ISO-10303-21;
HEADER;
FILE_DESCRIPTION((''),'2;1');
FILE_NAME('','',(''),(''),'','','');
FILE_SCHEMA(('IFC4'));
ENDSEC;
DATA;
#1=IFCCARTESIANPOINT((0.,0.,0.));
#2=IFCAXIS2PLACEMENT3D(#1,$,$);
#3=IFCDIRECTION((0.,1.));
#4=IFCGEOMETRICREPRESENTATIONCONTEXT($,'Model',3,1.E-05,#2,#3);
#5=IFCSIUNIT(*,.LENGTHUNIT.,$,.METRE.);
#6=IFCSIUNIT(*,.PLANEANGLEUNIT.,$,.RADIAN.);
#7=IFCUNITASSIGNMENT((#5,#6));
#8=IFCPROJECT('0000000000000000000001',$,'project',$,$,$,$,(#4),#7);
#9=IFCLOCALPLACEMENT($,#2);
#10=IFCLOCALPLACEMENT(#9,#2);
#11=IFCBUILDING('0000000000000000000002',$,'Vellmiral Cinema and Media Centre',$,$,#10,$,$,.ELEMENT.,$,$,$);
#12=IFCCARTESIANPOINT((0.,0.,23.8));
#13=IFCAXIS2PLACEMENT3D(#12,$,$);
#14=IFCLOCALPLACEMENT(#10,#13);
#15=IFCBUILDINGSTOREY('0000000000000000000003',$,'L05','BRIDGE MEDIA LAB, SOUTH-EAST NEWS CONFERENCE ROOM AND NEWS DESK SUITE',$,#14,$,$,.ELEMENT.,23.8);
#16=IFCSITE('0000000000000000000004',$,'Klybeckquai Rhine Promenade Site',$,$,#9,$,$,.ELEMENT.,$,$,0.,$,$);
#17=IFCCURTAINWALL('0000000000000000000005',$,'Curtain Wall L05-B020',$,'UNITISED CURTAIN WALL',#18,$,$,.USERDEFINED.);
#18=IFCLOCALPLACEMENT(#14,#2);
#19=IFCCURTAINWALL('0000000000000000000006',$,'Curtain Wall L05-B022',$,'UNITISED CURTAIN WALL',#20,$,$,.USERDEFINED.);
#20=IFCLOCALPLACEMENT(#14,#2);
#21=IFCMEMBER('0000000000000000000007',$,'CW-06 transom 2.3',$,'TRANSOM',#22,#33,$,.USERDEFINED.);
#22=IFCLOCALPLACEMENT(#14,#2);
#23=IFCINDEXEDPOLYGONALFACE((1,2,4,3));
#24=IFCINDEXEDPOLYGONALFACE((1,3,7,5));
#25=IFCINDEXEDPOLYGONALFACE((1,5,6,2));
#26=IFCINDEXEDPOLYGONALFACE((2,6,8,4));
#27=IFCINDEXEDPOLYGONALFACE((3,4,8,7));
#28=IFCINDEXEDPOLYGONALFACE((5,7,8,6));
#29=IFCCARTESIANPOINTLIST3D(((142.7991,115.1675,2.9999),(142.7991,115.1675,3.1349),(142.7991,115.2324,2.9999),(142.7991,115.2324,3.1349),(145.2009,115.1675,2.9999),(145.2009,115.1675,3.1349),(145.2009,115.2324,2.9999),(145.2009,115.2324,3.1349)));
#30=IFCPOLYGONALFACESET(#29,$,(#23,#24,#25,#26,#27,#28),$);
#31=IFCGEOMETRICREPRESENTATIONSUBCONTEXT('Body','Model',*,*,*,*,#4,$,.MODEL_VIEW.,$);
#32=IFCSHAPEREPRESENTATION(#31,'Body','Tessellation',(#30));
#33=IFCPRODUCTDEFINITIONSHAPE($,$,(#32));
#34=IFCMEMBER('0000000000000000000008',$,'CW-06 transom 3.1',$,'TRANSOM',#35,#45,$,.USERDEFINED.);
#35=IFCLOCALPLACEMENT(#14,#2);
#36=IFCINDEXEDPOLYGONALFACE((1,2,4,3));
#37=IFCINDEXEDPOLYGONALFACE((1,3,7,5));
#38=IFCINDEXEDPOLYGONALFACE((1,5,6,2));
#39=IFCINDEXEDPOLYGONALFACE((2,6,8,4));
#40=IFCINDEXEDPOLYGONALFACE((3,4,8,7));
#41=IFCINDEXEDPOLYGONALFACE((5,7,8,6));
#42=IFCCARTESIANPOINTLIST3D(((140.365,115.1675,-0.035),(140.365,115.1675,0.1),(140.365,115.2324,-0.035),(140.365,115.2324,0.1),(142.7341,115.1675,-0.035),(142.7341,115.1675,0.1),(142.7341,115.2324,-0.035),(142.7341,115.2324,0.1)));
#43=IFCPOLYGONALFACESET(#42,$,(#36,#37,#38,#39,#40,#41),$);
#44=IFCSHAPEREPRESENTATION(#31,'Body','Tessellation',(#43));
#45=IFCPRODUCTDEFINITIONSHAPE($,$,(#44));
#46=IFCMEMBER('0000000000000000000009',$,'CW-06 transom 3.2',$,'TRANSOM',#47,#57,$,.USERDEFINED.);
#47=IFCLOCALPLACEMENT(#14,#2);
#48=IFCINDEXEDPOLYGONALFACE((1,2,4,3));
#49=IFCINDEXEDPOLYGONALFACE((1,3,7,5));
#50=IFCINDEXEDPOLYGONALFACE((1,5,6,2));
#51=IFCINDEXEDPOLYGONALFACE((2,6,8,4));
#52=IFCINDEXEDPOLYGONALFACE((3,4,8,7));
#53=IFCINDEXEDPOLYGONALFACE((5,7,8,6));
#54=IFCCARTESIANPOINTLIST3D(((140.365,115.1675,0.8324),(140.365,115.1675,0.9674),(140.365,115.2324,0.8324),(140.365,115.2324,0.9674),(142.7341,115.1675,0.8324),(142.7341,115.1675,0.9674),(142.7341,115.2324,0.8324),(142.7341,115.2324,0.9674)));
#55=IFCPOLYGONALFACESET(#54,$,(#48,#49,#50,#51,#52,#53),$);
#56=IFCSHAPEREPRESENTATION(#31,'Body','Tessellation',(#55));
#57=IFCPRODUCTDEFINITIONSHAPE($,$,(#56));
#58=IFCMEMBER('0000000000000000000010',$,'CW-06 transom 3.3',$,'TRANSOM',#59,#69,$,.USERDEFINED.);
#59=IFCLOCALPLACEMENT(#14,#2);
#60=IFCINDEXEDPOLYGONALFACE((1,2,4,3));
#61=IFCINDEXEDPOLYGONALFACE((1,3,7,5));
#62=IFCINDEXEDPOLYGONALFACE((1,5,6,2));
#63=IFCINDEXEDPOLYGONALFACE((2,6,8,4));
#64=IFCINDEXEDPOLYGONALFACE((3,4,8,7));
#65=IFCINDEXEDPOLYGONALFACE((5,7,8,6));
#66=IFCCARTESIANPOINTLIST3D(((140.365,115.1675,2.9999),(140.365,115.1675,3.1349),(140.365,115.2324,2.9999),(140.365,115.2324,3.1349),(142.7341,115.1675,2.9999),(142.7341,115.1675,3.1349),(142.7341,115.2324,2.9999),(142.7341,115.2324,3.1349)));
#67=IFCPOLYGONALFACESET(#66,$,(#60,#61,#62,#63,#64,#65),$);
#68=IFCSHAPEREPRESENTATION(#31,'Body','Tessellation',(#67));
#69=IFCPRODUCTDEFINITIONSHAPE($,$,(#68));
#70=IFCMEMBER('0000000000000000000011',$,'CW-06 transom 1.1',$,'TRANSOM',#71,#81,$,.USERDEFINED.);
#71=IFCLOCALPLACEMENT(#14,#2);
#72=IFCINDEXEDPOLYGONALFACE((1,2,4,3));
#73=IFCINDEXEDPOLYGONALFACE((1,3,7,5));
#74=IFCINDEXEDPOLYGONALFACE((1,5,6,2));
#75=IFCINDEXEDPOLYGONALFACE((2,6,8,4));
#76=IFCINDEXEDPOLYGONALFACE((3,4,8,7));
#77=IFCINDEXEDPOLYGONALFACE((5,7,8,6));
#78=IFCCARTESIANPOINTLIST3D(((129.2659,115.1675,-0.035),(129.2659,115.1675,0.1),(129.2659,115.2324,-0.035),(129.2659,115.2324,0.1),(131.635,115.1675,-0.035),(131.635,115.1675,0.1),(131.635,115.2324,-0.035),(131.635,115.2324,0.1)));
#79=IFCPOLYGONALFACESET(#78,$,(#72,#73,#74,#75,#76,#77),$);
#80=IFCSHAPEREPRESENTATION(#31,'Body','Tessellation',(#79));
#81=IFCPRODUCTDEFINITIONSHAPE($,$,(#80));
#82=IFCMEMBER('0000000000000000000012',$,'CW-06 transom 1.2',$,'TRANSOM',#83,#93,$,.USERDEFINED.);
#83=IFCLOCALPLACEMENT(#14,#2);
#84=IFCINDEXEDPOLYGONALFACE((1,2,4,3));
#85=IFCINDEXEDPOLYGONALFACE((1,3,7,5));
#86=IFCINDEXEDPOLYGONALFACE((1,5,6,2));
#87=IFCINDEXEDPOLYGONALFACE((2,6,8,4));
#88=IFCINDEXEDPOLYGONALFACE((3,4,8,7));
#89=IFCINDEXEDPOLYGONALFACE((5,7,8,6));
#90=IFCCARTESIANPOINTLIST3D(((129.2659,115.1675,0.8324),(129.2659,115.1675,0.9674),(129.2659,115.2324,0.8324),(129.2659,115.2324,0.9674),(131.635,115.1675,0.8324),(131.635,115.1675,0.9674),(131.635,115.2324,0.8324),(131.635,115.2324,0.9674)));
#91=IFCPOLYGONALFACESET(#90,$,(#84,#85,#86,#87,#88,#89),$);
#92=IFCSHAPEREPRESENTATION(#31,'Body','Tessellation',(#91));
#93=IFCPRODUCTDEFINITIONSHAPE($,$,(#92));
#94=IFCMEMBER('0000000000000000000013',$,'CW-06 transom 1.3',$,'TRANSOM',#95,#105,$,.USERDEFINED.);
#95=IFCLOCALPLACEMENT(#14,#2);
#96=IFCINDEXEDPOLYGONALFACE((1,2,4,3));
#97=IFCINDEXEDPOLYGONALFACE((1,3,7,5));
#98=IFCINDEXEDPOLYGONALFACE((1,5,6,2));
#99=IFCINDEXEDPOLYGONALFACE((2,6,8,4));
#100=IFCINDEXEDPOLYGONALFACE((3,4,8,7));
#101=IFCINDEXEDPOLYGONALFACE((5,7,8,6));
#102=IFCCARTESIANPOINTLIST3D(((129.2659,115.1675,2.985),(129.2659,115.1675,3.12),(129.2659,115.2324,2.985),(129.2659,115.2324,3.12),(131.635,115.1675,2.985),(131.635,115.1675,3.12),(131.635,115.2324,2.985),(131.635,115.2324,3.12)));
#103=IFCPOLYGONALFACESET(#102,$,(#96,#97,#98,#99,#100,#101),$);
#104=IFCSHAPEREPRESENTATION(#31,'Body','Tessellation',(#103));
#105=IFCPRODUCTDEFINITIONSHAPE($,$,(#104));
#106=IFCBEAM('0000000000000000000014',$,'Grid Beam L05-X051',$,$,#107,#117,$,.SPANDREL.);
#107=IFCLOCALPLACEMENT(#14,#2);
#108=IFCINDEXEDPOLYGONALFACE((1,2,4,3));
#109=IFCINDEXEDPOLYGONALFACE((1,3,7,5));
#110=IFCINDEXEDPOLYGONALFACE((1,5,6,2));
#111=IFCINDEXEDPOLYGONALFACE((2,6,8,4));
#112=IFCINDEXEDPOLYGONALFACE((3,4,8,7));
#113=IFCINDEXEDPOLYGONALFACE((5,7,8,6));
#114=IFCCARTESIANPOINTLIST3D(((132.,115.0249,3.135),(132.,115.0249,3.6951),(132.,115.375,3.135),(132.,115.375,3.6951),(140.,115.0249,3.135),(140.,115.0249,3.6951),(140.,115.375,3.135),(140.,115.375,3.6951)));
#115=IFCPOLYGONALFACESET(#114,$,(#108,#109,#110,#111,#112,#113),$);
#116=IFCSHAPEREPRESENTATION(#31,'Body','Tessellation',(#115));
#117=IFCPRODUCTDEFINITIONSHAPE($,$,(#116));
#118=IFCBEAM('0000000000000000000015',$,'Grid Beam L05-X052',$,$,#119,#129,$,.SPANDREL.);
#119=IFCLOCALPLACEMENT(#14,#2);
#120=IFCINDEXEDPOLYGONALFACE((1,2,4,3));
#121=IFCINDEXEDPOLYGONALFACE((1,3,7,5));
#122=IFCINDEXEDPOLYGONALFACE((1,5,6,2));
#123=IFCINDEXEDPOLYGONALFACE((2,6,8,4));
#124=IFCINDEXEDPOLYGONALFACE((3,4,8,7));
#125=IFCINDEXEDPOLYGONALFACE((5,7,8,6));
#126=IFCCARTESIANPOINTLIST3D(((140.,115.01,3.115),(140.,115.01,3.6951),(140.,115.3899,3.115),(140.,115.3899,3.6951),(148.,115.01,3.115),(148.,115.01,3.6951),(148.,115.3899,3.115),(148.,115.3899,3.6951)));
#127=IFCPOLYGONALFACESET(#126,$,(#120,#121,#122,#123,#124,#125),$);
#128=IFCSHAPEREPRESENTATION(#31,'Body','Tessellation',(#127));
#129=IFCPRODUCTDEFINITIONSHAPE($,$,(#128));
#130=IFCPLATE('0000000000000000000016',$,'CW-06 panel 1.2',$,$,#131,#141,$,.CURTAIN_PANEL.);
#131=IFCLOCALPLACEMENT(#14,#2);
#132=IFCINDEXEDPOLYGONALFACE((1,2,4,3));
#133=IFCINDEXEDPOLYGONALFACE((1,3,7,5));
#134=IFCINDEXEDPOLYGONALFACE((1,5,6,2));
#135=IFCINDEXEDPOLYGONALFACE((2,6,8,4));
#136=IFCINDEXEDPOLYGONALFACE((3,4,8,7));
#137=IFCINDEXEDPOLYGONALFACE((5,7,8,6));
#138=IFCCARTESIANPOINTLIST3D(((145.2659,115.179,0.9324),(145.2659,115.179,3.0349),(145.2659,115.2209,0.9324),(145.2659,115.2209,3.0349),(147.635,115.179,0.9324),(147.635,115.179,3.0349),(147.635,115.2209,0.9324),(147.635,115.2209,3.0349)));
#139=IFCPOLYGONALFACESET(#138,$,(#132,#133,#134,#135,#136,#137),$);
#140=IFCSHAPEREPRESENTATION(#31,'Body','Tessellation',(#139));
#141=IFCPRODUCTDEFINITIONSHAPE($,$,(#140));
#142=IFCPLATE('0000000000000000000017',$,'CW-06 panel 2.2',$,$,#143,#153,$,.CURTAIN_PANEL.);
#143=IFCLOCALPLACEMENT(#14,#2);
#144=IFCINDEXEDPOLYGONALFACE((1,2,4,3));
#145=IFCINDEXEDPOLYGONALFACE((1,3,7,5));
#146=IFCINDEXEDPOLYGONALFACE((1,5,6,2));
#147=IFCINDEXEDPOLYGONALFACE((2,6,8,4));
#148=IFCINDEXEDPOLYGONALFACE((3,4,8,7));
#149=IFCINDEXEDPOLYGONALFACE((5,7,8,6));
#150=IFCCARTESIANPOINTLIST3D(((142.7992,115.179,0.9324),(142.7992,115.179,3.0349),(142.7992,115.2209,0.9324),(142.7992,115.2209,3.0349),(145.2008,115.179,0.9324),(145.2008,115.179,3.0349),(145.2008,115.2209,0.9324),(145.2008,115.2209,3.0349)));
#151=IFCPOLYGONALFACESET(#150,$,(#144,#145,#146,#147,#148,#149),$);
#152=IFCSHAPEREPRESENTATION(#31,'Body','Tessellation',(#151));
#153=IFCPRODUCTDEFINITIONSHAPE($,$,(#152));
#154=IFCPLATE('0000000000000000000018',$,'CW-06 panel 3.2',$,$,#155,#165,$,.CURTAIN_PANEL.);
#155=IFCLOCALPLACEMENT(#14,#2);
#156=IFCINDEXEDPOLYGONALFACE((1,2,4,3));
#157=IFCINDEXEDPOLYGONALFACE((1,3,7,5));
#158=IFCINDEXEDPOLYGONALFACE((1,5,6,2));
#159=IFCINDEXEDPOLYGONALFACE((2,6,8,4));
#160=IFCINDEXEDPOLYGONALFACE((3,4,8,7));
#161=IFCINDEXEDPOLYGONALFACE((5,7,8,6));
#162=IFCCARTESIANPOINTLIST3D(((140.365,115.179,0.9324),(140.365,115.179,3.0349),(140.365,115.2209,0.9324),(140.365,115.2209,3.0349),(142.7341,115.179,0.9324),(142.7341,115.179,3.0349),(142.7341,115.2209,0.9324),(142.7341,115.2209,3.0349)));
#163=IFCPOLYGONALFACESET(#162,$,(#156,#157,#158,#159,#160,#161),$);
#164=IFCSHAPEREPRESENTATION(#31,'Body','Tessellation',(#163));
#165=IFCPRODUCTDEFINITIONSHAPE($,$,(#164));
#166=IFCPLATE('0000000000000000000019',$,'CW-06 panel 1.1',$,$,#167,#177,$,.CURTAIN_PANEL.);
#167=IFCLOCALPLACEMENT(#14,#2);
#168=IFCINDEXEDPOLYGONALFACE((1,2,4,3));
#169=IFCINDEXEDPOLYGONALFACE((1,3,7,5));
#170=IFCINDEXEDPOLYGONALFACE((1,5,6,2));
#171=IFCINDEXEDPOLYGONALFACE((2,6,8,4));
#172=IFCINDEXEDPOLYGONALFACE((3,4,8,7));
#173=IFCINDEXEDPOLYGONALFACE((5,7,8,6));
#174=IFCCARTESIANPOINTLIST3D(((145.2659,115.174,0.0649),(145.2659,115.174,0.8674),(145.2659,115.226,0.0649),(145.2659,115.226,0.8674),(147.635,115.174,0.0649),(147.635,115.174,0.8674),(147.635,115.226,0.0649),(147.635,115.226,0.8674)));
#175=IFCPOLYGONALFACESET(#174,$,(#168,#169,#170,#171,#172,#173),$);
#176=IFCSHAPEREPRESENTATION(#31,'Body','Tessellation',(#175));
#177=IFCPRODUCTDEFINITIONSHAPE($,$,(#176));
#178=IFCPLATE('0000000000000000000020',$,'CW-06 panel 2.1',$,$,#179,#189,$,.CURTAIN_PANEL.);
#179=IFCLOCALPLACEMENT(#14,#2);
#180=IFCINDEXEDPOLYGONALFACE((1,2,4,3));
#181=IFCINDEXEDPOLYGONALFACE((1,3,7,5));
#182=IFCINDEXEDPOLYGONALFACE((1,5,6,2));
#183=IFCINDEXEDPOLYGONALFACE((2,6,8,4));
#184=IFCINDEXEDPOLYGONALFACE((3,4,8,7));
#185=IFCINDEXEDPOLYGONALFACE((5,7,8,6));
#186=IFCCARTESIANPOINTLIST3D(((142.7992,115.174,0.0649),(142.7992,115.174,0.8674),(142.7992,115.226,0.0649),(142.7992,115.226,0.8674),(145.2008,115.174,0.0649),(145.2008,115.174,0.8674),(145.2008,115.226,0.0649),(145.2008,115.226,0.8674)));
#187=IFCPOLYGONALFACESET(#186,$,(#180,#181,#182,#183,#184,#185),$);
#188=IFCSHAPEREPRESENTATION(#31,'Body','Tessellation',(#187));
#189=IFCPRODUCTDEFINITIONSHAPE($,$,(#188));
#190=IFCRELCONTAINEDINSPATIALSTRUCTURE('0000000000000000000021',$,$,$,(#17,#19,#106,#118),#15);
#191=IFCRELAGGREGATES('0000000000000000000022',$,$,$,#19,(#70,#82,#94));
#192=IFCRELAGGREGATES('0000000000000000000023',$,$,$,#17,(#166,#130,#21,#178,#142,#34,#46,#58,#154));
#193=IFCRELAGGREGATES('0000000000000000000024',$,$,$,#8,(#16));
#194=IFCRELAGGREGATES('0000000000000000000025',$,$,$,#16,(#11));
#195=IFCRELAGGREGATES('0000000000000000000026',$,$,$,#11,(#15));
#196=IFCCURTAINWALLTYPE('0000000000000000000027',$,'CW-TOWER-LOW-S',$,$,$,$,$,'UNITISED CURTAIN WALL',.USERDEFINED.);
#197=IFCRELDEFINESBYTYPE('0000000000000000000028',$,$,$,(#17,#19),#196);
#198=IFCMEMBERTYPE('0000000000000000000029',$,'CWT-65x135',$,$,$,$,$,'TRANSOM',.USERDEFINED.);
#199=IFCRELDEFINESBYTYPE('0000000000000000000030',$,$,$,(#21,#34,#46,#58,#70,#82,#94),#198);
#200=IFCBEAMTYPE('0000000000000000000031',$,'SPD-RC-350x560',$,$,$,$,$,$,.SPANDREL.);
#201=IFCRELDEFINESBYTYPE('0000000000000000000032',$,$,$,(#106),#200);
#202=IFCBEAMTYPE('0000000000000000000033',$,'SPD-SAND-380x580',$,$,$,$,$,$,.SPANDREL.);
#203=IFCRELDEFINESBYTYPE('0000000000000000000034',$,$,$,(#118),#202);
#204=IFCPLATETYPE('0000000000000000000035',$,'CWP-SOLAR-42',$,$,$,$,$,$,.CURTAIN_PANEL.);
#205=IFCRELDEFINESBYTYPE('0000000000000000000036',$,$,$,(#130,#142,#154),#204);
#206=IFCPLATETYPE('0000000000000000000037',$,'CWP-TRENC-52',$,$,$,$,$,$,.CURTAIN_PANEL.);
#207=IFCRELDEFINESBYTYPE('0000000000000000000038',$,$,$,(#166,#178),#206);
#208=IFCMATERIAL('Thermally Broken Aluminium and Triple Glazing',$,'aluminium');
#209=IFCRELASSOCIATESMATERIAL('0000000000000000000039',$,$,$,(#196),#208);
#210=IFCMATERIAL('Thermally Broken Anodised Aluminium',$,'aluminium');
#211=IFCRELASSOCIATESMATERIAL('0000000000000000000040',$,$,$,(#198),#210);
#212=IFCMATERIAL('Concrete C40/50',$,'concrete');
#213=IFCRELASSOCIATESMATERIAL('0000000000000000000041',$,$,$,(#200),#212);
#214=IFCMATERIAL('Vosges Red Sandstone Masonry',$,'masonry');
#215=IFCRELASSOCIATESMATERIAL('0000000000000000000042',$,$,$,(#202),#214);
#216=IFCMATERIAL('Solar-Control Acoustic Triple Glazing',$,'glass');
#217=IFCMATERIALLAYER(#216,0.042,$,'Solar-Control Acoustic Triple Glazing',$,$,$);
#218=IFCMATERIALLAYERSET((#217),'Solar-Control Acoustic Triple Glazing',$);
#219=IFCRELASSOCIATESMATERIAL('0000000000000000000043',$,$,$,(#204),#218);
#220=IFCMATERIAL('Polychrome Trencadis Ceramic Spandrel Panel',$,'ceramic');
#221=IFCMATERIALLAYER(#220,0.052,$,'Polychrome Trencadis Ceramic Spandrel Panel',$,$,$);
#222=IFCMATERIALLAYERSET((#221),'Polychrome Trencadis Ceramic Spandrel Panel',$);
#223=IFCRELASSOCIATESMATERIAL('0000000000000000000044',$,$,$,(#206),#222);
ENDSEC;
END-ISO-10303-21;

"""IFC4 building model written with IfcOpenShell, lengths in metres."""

from ifc_helpers import new_model, si_unit, direction, frame, origin, origin_2d, place, context, subcontext, project, spatial, rectangle, extrude, material, layer, layer_set, material_profile, profile_set, type_object, element, aggregate, save


model = new_model("IFC4")

# Units and contexts
model_context = context("Model", 3, precision=1e-05, world=origin(), true_north=direction((0.0, 1.0)))
body_context = subcontext(model_context, "Body", "Model", "MODEL_VIEW")
ifc_project = project(units=[si_unit("LENGTHUNIT", "METRE"), si_unit("PLANEANGLEUNIT", "RADIAN")], contexts=[model_context])

# Site, building, storey
site_placement = place(None, origin())
site = spatial("IfcSite", under=ifc_project, at=site_placement, Name="Klybeckquai Rhine Promenade Site", CompositionType="ELEMENT", RefElevation=0.0)
building_placement = place(site_placement, origin())
building = spatial("IfcBuilding", under=site, at=building_placement, Name="Vellmiral Cinema and Media Centre", CompositionType="ELEMENT")
storey_placement = place(building_placement, frame((0.0, 0.0, 23.8)))
storey = spatial("IfcBuildingStorey", under=building, at=storey_placement, Name="L05", Description="BRIDGE MEDIA LAB, SOUTH-EAST NEWS CONFERENCE ROOM AND NEWS DESK SUITE", CompositionType="ELEMENT", Elevation=23.8)

# Curtain wall
ifc_material_1 = material(Name="Thermally Broken Aluminium and Triple Glazing", Category="aluminium")
curtain_wall_type = type_object("IfcCurtainWallType", Name="CW-TOWER-LOW-S", ElementType="UNITISED CURTAIN WALL", PredefinedType="USERDEFINED", material=ifc_material_1)
curtain_wall_1_placement = place(storey_placement, origin())
curtain_wall_1 = element("IfcCurtainWall", 1, at=curtain_wall_1_placement, inside=storey, type_object=curtain_wall_type, Name="Curtain Wall L05-B020", ObjectType="UNITISED CURTAIN WALL", PredefinedType="USERDEFINED")

# Curtain wall
curtain_wall_2_placement = place(storey_placement, origin())
curtain_wall_2 = element("IfcCurtainWall", 2, at=curtain_wall_2_placement, inside=storey, type_object=curtain_wall_type, Name="Curtain Wall L05-B022", ObjectType="UNITISED CURTAIN WALL", PredefinedType="USERDEFINED")

# Members
ifc_material_2 = material(Name="Thermally Broken Anodised Aluminium", Category="aluminium")
ifc_material_profile_1 = material_profile(ifc_material_2, rectangle(XDim=0.0649, YDim=0.135, at=origin_2d()), Name="MULL 65x135")
ifc_profile_set_1 = profile_set([ifc_material_profile_1], Name="Thermally Broken Anodised Aluminium")
member_type_1 = type_object("IfcMemberType", Name="CWT-65x135", ElementType="TRANSOM", PredefinedType="USERDEFINED", material=ifc_profile_set_1)
member_1_placement = place(storey_placement, frame((145.2009, 115.2, 3.0674), z_axis=(-1.0, 0.0, 0.0), x_axis=(0.0, -1.0, 0.0)))
member_1 = element("IfcMember", 3, at=member_1_placement, type_object=member_type_1, Name="CW-06 transom 2.3", ObjectType="TRANSOM", PredefinedType="USERDEFINED", context=body_context, shape_type="SweptSolid", body=[
    extrude(rectangle(XDim=0.0649, YDim=0.135, at=origin_2d()), origin(), (0.0, 0.0, 1.0), 2.4019),
])
member_2_placement = place(storey_placement, frame((142.7341, 115.2, 0.0325), z_axis=(-1.0, 0.0, 0.0), x_axis=(0.0, -1.0, 0.0)))
member_2 = element("IfcMember", 4, at=member_2_placement, type_object=member_type_1, Name="CW-06 transom 3.1", ObjectType="TRANSOM", PredefinedType="USERDEFINED", context=body_context, shape_type="SweptSolid", body=[
    extrude(rectangle(XDim=0.0649, YDim=0.135, at=origin_2d()), origin(), (0.0, 0.0, 1.0), 2.3691),
])
member_3_placement = place(storey_placement, frame((142.7341, 115.2, 0.8999), z_axis=(-1.0, 0.0, 0.0), x_axis=(0.0, -1.0, 0.0)))
member_3 = element("IfcMember", 5, at=member_3_placement, type_object=member_type_1, Name="CW-06 transom 3.2", ObjectType="TRANSOM", PredefinedType="USERDEFINED", context=body_context, shape_type="SweptSolid", body=[
    extrude(rectangle(XDim=0.0649, YDim=0.135, at=origin_2d()), origin(), (0.0, 0.0, 1.0), 2.3691),
])
member_4_placement = place(storey_placement, frame((142.7341, 115.2, 3.0674), z_axis=(-1.0, 0.0, 0.0), x_axis=(0.0, -1.0, 0.0)))
member_4 = element("IfcMember", 6, at=member_4_placement, type_object=member_type_1, Name="CW-06 transom 3.3", ObjectType="TRANSOM", PredefinedType="USERDEFINED", context=body_context, shape_type="SweptSolid", body=[
    extrude(rectangle(XDim=0.0649, YDim=0.135, at=origin_2d()), origin(), (0.0, 0.0, 1.0), 2.3691),
])
member_5_placement = place(storey_placement, frame((131.635, 115.2, 0.0325), z_axis=(-1.0, 0.0, 0.0), x_axis=(0.0, -1.0, 0.0)))
member_5 = element("IfcMember", 7, at=member_5_placement, type_object=member_type_1, Name="CW-06 transom 1.1", ObjectType="TRANSOM", PredefinedType="USERDEFINED", context=body_context, shape_type="SweptSolid", body=[
    extrude(rectangle(XDim=0.0649, YDim=0.135, at=origin_2d()), origin(), (0.0, 0.0, 1.0), 2.3691),
])
member_6_placement = place(storey_placement, frame((131.635, 115.2, 0.8999), z_axis=(-1.0, 0.0, 0.0), x_axis=(0.0, -1.0, 0.0)))
member_6 = element("IfcMember", 8, at=member_6_placement, type_object=member_type_1, Name="CW-06 transom 1.2", ObjectType="TRANSOM", PredefinedType="USERDEFINED", context=body_context, shape_type="SweptSolid", body=[
    extrude(rectangle(XDim=0.0649, YDim=0.135, at=origin_2d()), origin(), (0.0, 0.0, 1.0), 2.3691),
])
member_7_placement = place(storey_placement, frame((131.635, 115.2, 3.0525), z_axis=(-1.0, 0.0, 0.0), x_axis=(0.0, -1.0, 0.0)))
member_7 = element("IfcMember", 9, at=member_7_placement, type_object=member_type_1, Name="CW-06 transom 1.3", ObjectType="TRANSOM", PredefinedType="USERDEFINED", context=body_context, shape_type="SweptSolid", body=[
    extrude(rectangle(XDim=0.0649, YDim=0.135, at=origin_2d()), origin(), (0.0, 0.0, 1.0), 2.3691),
])
aggregate(curtain_wall_2, [member_5, member_6, member_7])

# Beams
ifc_material_3 = material(Name="Concrete C40/50", Category="concrete")
ifc_material_profile_2 = material_profile(ifc_material_3, rectangle(XDim=0.3501, YDim=0.5601, at=origin_2d()), Name="RC 350x560")
ifc_profile_set_2 = profile_set([ifc_material_profile_2], Name="Concrete C40/50")
beam_type_1 = type_object("IfcBeamType", Name="SPD-RC-350x560", PredefinedType="SPANDREL", material=ifc_profile_set_2)
beam_1_placement = place(storey_placement, frame((132.0, 115.2, 3.415), z_axis=(1.0, 0.0, 0.0), x_axis=(0.0, 1.0, 0.0)))
element("IfcBeam", 10, at=beam_1_placement, inside=storey, type_object=beam_type_1, Name="Grid Beam L05-X051", PredefinedType="SPANDREL", context=body_context, shape_type="SweptSolid", body=[
    extrude(rectangle(XDim=0.3501, YDim=0.5601, at=origin_2d()), origin(), (0.0, 0.0, 1.0), 8.0),
])
ifc_material_4 = material(Name="Vosges Red Sandstone Masonry", Category="masonry")
ifc_material_profile_3 = material_profile(ifc_material_4, rectangle(XDim=0.3799, YDim=0.5801, at=origin_2d()), Name="SAND 380x580")
ifc_profile_set_3 = profile_set([ifc_material_profile_3], Name="Vosges Red Sandstone Masonry")
beam_type_2 = type_object("IfcBeamType", Name="SPD-SAND-380x580", PredefinedType="SPANDREL", material=ifc_profile_set_3)
beam_2_placement = place(storey_placement, frame((140.0, 115.2, 3.405), z_axis=(1.0, 0.0, 0.0), x_axis=(0.0, 1.0, 0.0)))
element("IfcBeam", 11, at=beam_2_placement, inside=storey, type_object=beam_type_2, Name="Grid Beam L05-X052", PredefinedType="SPANDREL", context=body_context, shape_type="SweptSolid", body=[
    extrude(rectangle(XDim=0.3799, YDim=0.5801, at=origin_2d()), origin(), (0.0, 0.0, 1.0), 8.0),
])

# Plates
ifc_material_5 = material(Name="Solar-Control Acoustic Triple Glazing", Category="glass")
ifc_layer_1 = layer(ifc_material_5, 0.042, Name="Solar-Control Acoustic Triple Glazing")
ifc_layer_set_1 = layer_set([ifc_layer_1], Name="Solar-Control Acoustic Triple Glazing")
plate_type_1 = type_object("IfcPlateType", Name="CWP-SOLAR-42", PredefinedType="CURTAIN_PANEL", material=ifc_layer_set_1)
plate_1_placement = place(storey_placement, frame((146.4504, 115.2, 0.9324), z_axis=(0.0, 0.0, 1.0), x_axis=(-1.0, 0.0, 0.0)))
plate_1 = element("IfcPlate", 12, at=plate_1_placement, type_object=plate_type_1, Name="CW-06 panel 1.2", PredefinedType="CURTAIN_PANEL", context=body_context, shape_type="SweptSolid", body=[
    extrude(rectangle(XDim=2.3691, YDim=0.042, at=origin_2d()), origin(), (0.0, 0.0, 1.0), 2.1025),
])
plate_2_placement = place(storey_placement, frame((144.0, 115.2, 0.9324), z_axis=(0.0, 0.0, 1.0), x_axis=(-1.0, 0.0, 0.0)))
plate_2 = element("IfcPlate", 13, at=plate_2_placement, type_object=plate_type_1, Name="CW-06 panel 2.2", PredefinedType="CURTAIN_PANEL", context=body_context, shape_type="SweptSolid", body=[
    extrude(rectangle(XDim=2.4016, YDim=0.042, at=origin_2d()), origin(), (0.0, 0.0, 1.0), 2.1025),
])
plate_3_placement = place(storey_placement, frame((141.5496, 115.2, 0.9324), z_axis=(0.0, 0.0, 1.0), x_axis=(-1.0, 0.0, 0.0)))
plate_3 = element("IfcPlate", 14, at=plate_3_placement, type_object=plate_type_1, Name="CW-06 panel 3.2", PredefinedType="CURTAIN_PANEL", context=body_context, shape_type="SweptSolid", body=[
    extrude(rectangle(XDim=2.3691, YDim=0.042, at=origin_2d()), origin(), (0.0, 0.0, 1.0), 2.1025),
])
ifc_material_6 = material(Name="Polychrome Trencadis Ceramic Spandrel Panel", Category="ceramic")
ifc_layer_2 = layer(ifc_material_6, 0.052, Name="Polychrome Trencadis Ceramic Spandrel Panel")
ifc_layer_set_2 = layer_set([ifc_layer_2], Name="Polychrome Trencadis Ceramic Spandrel Panel")
plate_type_2 = type_object("IfcPlateType", Name="CWP-TRENC-52", PredefinedType="CURTAIN_PANEL", material=ifc_layer_set_2)
plate_4_placement = place(storey_placement, frame((146.4504, 115.2, 0.0649), z_axis=(0.0, 0.0, 1.0), x_axis=(-1.0, 0.0, 0.0)))
plate_4 = element("IfcPlate", 15, at=plate_4_placement, type_object=plate_type_2, Name="CW-06 panel 1.1", PredefinedType="CURTAIN_PANEL", context=body_context, shape_type="SweptSolid", body=[
    extrude(rectangle(XDim=2.3691, YDim=0.052, at=origin_2d()), origin(), (0.0, 0.0, 1.0), 0.8025),
])
plate_5_placement = place(storey_placement, frame((144.0, 115.2, 0.0649), z_axis=(0.0, 0.0, 1.0), x_axis=(-1.0, 0.0, 0.0)))
plate_5 = element("IfcPlate", 16, at=plate_5_placement, type_object=plate_type_2, Name="CW-06 panel 2.1", PredefinedType="CURTAIN_PANEL", context=body_context, shape_type="SweptSolid", body=[
    extrude(rectangle(XDim=2.4016, YDim=0.052, at=origin_2d()), origin(), (0.0, 0.0, 1.0), 0.8025),
])
aggregate(curtain_wall_1, [plate_4, plate_1, member_1, plate_5, plate_2, member_2, member_3, member_4, plate_3])

save(model, "model.ifc")
